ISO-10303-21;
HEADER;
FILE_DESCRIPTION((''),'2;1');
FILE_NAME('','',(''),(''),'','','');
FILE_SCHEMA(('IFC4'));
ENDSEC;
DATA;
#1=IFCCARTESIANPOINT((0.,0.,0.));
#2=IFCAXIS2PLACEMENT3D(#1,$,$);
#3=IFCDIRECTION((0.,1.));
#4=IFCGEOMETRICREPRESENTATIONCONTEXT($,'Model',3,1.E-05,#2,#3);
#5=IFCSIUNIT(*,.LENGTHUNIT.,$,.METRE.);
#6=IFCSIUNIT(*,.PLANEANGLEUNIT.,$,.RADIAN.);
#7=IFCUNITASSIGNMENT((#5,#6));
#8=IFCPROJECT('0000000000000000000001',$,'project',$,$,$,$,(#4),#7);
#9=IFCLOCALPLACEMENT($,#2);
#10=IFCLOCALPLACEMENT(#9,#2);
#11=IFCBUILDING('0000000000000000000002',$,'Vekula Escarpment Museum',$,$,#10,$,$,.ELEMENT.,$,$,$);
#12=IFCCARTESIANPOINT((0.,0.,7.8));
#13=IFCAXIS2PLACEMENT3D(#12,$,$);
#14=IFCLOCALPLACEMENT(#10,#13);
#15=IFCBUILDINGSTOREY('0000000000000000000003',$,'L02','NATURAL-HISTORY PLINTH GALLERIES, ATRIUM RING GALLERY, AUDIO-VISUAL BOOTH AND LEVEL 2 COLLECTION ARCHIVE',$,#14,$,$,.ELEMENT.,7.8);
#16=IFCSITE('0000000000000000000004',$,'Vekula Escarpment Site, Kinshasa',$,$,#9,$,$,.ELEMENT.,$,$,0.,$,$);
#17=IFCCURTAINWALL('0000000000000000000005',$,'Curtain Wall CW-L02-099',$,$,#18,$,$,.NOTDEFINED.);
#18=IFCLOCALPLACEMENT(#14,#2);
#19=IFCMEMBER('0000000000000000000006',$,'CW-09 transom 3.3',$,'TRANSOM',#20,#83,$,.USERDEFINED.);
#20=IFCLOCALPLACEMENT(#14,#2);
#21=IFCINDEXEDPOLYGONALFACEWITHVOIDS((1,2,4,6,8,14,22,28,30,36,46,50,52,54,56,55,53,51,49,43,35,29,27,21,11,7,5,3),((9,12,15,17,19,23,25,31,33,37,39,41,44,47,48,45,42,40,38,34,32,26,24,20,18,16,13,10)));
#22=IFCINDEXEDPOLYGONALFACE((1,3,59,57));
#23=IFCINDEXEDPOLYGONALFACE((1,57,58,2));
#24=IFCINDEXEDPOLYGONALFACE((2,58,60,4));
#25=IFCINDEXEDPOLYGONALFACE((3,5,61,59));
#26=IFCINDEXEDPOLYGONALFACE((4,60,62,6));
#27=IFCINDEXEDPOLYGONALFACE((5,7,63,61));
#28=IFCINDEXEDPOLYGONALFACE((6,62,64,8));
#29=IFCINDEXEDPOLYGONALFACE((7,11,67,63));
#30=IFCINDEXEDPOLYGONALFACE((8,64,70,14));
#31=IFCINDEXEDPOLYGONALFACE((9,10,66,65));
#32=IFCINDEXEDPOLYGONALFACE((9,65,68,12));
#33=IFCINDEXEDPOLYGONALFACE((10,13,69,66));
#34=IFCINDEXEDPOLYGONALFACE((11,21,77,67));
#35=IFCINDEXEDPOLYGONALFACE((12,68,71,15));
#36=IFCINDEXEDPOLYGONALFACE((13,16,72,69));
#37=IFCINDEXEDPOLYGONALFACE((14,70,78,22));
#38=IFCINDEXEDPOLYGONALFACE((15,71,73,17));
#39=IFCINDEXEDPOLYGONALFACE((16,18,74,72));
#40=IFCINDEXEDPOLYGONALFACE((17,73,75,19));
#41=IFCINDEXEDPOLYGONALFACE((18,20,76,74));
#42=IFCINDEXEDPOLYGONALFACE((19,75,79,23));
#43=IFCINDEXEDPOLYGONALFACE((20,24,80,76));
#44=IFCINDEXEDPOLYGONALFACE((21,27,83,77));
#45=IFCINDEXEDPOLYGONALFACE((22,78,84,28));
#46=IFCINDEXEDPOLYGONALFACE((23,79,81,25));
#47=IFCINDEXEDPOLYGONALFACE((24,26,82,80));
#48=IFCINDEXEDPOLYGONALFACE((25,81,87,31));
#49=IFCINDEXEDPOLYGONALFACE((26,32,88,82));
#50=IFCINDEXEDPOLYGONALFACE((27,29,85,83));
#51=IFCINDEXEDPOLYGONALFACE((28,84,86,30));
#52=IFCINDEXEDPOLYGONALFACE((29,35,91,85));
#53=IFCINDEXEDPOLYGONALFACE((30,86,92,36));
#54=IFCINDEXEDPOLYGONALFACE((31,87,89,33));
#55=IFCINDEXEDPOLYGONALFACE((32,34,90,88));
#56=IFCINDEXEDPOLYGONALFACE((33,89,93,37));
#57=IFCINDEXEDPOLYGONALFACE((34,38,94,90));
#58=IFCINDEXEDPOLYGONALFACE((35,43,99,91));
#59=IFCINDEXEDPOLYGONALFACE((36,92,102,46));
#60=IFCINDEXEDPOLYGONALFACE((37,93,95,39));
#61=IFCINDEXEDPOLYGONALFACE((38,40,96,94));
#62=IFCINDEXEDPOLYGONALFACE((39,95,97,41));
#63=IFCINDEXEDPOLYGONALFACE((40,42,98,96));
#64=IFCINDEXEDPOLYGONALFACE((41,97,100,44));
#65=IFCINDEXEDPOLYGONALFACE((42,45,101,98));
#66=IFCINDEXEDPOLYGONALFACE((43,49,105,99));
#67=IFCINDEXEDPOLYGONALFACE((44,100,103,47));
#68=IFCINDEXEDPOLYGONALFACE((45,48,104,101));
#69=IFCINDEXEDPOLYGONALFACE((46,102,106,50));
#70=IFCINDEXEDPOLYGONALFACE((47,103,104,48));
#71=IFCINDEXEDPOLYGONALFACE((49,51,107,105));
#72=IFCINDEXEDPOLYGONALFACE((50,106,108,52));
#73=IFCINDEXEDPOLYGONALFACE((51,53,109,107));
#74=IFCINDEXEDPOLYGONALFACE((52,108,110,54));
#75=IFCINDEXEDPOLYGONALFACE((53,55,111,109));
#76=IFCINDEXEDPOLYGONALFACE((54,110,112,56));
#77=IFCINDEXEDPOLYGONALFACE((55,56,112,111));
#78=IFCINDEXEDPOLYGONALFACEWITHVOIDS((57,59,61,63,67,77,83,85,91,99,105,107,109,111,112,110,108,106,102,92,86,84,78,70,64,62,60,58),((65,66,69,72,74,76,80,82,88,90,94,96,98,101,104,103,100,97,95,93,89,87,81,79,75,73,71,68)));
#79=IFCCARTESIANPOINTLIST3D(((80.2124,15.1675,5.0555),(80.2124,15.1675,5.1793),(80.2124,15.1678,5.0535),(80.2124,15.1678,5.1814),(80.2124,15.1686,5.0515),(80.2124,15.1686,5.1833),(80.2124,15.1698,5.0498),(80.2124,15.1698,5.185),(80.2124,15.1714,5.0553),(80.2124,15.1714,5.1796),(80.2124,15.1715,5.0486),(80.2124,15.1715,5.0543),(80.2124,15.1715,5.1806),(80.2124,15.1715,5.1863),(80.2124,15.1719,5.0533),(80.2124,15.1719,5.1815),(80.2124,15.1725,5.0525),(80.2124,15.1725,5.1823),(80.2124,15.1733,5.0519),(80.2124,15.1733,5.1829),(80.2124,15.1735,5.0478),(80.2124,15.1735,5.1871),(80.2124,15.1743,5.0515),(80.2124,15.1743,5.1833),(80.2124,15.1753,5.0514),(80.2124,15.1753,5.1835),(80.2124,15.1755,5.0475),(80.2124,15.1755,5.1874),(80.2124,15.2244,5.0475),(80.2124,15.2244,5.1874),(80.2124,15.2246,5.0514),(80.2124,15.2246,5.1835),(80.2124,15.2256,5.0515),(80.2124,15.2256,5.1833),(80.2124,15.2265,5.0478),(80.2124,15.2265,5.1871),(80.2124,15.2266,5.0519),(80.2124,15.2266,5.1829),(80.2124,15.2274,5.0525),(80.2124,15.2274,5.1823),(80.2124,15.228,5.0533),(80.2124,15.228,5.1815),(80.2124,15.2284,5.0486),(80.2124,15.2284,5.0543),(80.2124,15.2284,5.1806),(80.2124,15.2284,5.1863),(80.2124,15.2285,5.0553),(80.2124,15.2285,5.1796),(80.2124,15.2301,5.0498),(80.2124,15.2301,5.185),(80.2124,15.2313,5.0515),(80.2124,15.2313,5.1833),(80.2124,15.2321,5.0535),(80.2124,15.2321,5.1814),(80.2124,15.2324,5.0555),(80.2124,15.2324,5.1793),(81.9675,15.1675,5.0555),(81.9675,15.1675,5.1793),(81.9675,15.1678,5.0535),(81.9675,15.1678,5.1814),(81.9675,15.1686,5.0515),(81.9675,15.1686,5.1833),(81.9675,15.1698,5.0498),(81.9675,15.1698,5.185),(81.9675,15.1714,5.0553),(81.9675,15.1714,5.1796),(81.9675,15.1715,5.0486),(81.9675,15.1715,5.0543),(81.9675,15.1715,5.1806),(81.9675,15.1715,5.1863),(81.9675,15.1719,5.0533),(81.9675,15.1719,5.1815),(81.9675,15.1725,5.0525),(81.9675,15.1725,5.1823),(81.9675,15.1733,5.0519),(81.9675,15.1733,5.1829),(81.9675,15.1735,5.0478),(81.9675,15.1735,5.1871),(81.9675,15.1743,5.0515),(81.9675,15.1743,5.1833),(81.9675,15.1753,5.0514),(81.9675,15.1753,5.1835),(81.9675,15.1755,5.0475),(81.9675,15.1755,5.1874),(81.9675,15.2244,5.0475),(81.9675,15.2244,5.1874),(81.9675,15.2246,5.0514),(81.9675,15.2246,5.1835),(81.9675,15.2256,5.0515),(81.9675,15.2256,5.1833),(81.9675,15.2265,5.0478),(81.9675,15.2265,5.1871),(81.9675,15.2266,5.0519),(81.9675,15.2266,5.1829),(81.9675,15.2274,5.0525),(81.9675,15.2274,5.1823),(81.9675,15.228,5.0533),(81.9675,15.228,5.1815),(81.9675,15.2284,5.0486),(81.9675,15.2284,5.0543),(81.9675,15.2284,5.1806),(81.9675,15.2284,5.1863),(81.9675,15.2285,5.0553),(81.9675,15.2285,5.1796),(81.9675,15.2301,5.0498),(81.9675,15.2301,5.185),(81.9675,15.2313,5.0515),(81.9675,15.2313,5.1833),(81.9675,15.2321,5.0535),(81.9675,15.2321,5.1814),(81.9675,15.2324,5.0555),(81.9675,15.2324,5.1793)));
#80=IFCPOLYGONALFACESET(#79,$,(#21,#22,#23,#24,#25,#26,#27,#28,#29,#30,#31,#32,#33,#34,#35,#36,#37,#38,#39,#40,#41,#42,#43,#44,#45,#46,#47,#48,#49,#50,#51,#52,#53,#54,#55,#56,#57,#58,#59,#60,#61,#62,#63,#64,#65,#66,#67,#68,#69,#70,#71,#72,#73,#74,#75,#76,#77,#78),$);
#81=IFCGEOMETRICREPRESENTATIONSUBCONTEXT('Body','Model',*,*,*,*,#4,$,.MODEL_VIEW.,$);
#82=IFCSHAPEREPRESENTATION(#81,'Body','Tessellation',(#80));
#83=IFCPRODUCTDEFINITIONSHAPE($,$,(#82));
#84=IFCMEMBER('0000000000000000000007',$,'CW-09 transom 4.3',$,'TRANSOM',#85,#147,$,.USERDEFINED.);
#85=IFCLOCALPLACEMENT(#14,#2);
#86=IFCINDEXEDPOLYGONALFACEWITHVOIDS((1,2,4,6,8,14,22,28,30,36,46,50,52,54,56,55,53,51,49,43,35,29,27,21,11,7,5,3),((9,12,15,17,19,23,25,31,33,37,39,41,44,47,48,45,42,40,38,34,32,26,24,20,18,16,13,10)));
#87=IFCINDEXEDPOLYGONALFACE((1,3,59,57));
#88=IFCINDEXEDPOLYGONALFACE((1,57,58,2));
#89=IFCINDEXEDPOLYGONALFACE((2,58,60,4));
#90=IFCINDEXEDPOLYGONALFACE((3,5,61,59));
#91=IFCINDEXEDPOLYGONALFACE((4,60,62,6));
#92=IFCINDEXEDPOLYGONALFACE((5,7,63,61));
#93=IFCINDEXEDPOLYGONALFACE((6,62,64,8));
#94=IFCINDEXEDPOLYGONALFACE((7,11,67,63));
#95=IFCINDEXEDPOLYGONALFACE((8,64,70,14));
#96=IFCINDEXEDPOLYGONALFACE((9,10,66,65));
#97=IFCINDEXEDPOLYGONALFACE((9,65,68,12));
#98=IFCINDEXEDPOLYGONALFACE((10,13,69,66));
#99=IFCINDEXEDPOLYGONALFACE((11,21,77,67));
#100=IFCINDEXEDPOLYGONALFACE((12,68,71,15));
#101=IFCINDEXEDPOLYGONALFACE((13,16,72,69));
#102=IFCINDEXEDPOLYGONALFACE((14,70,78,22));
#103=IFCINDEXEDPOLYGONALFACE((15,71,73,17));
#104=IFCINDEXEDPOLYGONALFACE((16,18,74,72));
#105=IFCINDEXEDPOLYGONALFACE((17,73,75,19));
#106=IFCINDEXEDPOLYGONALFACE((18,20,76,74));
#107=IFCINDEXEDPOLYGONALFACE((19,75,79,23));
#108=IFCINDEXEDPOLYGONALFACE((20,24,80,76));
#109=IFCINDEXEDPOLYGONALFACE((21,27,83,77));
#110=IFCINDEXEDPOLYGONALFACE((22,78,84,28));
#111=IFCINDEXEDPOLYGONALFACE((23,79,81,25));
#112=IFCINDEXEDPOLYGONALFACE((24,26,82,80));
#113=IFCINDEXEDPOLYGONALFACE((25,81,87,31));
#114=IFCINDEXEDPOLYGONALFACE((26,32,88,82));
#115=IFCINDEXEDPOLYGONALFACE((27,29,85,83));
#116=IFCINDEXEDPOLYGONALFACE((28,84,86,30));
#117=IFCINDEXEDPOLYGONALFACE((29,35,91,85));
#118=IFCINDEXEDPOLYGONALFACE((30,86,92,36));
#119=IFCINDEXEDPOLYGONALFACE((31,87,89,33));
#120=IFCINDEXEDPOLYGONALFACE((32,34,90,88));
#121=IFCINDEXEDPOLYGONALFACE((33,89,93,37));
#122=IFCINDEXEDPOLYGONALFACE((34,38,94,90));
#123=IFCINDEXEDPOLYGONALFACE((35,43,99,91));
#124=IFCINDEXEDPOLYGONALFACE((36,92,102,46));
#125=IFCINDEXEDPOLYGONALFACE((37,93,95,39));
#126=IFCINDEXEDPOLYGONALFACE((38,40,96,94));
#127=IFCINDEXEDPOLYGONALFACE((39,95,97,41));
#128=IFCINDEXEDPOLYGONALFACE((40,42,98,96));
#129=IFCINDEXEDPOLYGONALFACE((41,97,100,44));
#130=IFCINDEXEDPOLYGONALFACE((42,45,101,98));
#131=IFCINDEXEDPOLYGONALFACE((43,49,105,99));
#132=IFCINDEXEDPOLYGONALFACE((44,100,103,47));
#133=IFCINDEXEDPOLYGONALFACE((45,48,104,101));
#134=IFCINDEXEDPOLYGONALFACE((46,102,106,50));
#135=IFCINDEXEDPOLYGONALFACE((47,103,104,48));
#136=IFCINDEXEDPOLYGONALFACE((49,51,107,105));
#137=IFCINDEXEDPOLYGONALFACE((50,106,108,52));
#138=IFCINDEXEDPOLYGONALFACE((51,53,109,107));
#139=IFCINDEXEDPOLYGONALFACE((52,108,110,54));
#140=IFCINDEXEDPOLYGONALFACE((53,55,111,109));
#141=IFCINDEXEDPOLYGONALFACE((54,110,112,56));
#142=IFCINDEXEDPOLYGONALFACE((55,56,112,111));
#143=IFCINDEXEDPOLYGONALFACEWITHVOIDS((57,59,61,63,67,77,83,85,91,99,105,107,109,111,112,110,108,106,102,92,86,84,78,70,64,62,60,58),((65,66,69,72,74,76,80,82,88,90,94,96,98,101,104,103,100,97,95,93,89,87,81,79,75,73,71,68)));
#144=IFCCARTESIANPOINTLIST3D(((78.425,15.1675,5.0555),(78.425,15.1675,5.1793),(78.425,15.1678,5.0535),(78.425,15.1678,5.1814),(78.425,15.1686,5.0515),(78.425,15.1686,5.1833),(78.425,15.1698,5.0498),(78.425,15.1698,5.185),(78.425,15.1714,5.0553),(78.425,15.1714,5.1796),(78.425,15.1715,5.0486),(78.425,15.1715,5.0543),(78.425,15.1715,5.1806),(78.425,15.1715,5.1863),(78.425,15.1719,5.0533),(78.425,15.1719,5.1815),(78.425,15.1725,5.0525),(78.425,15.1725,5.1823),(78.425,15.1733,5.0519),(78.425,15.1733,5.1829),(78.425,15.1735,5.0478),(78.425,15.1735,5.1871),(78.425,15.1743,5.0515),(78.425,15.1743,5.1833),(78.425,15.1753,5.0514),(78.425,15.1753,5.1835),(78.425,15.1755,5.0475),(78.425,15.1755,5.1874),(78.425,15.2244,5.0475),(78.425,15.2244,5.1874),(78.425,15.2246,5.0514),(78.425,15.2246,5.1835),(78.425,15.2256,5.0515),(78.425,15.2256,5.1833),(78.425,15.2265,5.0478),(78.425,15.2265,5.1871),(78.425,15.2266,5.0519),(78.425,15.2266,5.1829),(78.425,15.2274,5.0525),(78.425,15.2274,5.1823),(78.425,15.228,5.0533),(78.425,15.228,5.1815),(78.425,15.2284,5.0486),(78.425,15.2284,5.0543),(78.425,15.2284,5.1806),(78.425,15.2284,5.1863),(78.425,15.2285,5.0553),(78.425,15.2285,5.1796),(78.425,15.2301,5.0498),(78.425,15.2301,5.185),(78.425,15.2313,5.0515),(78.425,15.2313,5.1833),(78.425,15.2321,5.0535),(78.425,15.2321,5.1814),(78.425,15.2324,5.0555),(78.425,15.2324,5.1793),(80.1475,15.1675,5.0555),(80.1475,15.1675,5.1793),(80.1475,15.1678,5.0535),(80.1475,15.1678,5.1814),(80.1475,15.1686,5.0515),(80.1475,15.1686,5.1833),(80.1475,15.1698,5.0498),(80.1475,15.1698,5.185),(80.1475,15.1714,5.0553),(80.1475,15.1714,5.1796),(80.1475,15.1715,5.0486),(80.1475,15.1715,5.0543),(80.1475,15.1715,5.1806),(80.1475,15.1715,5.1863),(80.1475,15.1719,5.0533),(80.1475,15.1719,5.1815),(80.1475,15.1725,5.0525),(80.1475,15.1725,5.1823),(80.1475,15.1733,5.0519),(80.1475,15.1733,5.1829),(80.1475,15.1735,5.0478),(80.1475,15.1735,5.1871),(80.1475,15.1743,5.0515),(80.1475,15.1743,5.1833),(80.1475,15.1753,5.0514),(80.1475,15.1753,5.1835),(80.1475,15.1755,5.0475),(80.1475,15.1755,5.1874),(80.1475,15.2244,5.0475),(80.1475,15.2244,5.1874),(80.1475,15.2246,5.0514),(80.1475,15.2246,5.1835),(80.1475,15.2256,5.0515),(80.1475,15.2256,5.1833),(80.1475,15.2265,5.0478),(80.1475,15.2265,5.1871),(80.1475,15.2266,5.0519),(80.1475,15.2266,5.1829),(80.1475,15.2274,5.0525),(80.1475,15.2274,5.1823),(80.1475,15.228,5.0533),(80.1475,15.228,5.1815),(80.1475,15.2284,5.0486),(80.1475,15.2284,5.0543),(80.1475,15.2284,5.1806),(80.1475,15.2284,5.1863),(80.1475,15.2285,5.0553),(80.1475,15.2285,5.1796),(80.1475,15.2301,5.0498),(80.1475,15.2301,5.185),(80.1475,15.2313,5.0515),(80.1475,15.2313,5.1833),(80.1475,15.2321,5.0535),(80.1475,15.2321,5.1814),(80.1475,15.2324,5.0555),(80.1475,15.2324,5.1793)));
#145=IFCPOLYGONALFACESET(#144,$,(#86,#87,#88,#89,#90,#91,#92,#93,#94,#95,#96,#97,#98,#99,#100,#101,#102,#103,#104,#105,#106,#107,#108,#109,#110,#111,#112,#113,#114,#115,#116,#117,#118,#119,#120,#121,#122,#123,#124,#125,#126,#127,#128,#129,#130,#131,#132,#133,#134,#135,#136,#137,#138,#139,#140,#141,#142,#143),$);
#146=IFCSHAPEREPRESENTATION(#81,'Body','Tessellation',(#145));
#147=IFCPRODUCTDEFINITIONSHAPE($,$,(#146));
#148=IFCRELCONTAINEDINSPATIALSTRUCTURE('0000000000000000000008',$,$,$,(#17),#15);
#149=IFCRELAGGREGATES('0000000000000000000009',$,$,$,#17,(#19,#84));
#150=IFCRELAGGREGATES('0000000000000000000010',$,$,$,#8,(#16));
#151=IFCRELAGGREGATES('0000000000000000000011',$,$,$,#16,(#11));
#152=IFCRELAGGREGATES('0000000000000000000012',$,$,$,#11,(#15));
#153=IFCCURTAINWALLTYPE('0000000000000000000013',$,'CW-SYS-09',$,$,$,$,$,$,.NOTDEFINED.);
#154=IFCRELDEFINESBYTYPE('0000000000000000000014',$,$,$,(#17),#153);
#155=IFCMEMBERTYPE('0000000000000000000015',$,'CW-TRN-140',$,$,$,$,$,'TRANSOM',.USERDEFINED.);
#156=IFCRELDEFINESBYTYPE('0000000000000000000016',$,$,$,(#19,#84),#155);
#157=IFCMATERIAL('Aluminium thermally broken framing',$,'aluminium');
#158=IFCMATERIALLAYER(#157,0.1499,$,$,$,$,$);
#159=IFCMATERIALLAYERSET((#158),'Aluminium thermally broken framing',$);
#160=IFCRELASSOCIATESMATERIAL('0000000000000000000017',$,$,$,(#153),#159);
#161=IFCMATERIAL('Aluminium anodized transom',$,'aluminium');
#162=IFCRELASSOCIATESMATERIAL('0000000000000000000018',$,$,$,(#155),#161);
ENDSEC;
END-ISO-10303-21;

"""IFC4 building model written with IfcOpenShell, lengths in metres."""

from ifc_helpers import new_model, si_unit, direction, frame, origin, origin_2d, place, context, subcontext, project, spatial, hollow_rectangle, extrude, material, layer, layer_set, material_profile, profile_set, type_object, element, aggregate, save


model = new_model("IFC4")

# Units and contexts
model_context = context("Model", 3, precision=1e-05, world=origin(), true_north=direction((0.0, 1.0)))
body_context = subcontext(model_context, "Body", "Model", "MODEL_VIEW")
ifc_project = project(units=[si_unit("LENGTHUNIT", "METRE"), si_unit("PLANEANGLEUNIT", "RADIAN")], contexts=[model_context])

# Site, building, storey
site_placement = place(None, origin())
site = spatial("IfcSite", under=ifc_project, at=site_placement, Name="Vekula Escarpment Site, Kinshasa", CompositionType="ELEMENT", RefElevation=0.0)
building_placement = place(site_placement, origin())
building = spatial("IfcBuilding", under=site, at=building_placement, Name="Vekula Escarpment Museum", CompositionType="ELEMENT")
storey_placement = place(building_placement, frame((0.0, 0.0, 7.8)))
storey = spatial("IfcBuildingStorey", under=building, at=storey_placement, Name="L02", Description="NATURAL-HISTORY PLINTH GALLERIES, ATRIUM RING GALLERY, AUDIO-VISUAL BOOTH AND LEVEL 2 COLLECTION ARCHIVE", CompositionType="ELEMENT", Elevation=7.8)

# Curtain wall, members
ifc_material_1 = material(Name="Aluminium thermally broken framing", Category="aluminium")
ifc_layer_1 = layer(ifc_material_1, 0.1499)
ifc_layer_set_1 = layer_set([ifc_layer_1], Name="Aluminium thermally broken framing")
curtain_wall_type = type_object("IfcCurtainWallType", Name="CW-SYS-09", PredefinedType="NOTDEFINED", material=ifc_layer_set_1)
curtain_wall_placement = place(storey_placement, origin())
curtain_wall = element("IfcCurtainWall", 1, at=curtain_wall_placement, inside=storey, type_object=curtain_wall_type, Name="Curtain Wall CW-L02-099", PredefinedType="NOTDEFINED")
ifc_material_2 = material(Name="Aluminium anodized transom", Category="aluminium")
ifc_material_profile_1 = material_profile(ifc_material_2, hollow_rectangle(XDim=0.0649, YDim=0.1399, WallThickness=0.0039, InnerFilletRadius=0.0039, OuterFilletRadius=0.0081, at=origin_2d()), Name="ALU 140x65x4")
ifc_profile_set_1 = profile_set([ifc_material_profile_1], Name="Aluminium anodized transom")
member_type_1 = type_object("IfcMemberType", Name="CW-TRN-140", ElementType="TRANSOM", PredefinedType="USERDEFINED", material=ifc_profile_set_1)
member_1_placement = place(storey_placement, frame((81.9675, 15.2, 5.1174), z_axis=(-1.0, 0.0, 0.0), x_axis=(0.0, -1.0, 0.0)))
member_1 = element("IfcMember", 2, at=member_1_placement, type_object=member_type_1, Name="CW-09 transom 3.3", ObjectType="TRANSOM", PredefinedType="USERDEFINED", context=body_context, shape_type="SweptSolid", body=[
    extrude(hollow_rectangle(XDim=0.0649, YDim=0.1399, WallThickness=0.0039, InnerFilletRadius=0.0039, OuterFilletRadius=0.0081, at=origin_2d()), origin(), (0.0, 0.0, 1.0), 1.7551),
])
member_2_placement = place(storey_placement, frame((80.1475, 15.2, 5.1174), z_axis=(-1.0, 0.0, 0.0), x_axis=(0.0, -1.0, 0.0)))
member_2 = element("IfcMember", 3, at=member_2_placement, type_object=member_type_1, Name="CW-09 transom 4.3", ObjectType="TRANSOM", PredefinedType="USERDEFINED", context=body_context, shape_type="SweptSolid", body=[
    extrude(hollow_rectangle(XDim=0.0649, YDim=0.1399, WallThickness=0.0039, InnerFilletRadius=0.0039, OuterFilletRadius=0.0081, at=origin_2d()), origin(), (0.0, 0.0, 1.0), 1.7224),
])

aggregate(curtain_wall, [member_1, member_2])

save(model, "model.ifc")
